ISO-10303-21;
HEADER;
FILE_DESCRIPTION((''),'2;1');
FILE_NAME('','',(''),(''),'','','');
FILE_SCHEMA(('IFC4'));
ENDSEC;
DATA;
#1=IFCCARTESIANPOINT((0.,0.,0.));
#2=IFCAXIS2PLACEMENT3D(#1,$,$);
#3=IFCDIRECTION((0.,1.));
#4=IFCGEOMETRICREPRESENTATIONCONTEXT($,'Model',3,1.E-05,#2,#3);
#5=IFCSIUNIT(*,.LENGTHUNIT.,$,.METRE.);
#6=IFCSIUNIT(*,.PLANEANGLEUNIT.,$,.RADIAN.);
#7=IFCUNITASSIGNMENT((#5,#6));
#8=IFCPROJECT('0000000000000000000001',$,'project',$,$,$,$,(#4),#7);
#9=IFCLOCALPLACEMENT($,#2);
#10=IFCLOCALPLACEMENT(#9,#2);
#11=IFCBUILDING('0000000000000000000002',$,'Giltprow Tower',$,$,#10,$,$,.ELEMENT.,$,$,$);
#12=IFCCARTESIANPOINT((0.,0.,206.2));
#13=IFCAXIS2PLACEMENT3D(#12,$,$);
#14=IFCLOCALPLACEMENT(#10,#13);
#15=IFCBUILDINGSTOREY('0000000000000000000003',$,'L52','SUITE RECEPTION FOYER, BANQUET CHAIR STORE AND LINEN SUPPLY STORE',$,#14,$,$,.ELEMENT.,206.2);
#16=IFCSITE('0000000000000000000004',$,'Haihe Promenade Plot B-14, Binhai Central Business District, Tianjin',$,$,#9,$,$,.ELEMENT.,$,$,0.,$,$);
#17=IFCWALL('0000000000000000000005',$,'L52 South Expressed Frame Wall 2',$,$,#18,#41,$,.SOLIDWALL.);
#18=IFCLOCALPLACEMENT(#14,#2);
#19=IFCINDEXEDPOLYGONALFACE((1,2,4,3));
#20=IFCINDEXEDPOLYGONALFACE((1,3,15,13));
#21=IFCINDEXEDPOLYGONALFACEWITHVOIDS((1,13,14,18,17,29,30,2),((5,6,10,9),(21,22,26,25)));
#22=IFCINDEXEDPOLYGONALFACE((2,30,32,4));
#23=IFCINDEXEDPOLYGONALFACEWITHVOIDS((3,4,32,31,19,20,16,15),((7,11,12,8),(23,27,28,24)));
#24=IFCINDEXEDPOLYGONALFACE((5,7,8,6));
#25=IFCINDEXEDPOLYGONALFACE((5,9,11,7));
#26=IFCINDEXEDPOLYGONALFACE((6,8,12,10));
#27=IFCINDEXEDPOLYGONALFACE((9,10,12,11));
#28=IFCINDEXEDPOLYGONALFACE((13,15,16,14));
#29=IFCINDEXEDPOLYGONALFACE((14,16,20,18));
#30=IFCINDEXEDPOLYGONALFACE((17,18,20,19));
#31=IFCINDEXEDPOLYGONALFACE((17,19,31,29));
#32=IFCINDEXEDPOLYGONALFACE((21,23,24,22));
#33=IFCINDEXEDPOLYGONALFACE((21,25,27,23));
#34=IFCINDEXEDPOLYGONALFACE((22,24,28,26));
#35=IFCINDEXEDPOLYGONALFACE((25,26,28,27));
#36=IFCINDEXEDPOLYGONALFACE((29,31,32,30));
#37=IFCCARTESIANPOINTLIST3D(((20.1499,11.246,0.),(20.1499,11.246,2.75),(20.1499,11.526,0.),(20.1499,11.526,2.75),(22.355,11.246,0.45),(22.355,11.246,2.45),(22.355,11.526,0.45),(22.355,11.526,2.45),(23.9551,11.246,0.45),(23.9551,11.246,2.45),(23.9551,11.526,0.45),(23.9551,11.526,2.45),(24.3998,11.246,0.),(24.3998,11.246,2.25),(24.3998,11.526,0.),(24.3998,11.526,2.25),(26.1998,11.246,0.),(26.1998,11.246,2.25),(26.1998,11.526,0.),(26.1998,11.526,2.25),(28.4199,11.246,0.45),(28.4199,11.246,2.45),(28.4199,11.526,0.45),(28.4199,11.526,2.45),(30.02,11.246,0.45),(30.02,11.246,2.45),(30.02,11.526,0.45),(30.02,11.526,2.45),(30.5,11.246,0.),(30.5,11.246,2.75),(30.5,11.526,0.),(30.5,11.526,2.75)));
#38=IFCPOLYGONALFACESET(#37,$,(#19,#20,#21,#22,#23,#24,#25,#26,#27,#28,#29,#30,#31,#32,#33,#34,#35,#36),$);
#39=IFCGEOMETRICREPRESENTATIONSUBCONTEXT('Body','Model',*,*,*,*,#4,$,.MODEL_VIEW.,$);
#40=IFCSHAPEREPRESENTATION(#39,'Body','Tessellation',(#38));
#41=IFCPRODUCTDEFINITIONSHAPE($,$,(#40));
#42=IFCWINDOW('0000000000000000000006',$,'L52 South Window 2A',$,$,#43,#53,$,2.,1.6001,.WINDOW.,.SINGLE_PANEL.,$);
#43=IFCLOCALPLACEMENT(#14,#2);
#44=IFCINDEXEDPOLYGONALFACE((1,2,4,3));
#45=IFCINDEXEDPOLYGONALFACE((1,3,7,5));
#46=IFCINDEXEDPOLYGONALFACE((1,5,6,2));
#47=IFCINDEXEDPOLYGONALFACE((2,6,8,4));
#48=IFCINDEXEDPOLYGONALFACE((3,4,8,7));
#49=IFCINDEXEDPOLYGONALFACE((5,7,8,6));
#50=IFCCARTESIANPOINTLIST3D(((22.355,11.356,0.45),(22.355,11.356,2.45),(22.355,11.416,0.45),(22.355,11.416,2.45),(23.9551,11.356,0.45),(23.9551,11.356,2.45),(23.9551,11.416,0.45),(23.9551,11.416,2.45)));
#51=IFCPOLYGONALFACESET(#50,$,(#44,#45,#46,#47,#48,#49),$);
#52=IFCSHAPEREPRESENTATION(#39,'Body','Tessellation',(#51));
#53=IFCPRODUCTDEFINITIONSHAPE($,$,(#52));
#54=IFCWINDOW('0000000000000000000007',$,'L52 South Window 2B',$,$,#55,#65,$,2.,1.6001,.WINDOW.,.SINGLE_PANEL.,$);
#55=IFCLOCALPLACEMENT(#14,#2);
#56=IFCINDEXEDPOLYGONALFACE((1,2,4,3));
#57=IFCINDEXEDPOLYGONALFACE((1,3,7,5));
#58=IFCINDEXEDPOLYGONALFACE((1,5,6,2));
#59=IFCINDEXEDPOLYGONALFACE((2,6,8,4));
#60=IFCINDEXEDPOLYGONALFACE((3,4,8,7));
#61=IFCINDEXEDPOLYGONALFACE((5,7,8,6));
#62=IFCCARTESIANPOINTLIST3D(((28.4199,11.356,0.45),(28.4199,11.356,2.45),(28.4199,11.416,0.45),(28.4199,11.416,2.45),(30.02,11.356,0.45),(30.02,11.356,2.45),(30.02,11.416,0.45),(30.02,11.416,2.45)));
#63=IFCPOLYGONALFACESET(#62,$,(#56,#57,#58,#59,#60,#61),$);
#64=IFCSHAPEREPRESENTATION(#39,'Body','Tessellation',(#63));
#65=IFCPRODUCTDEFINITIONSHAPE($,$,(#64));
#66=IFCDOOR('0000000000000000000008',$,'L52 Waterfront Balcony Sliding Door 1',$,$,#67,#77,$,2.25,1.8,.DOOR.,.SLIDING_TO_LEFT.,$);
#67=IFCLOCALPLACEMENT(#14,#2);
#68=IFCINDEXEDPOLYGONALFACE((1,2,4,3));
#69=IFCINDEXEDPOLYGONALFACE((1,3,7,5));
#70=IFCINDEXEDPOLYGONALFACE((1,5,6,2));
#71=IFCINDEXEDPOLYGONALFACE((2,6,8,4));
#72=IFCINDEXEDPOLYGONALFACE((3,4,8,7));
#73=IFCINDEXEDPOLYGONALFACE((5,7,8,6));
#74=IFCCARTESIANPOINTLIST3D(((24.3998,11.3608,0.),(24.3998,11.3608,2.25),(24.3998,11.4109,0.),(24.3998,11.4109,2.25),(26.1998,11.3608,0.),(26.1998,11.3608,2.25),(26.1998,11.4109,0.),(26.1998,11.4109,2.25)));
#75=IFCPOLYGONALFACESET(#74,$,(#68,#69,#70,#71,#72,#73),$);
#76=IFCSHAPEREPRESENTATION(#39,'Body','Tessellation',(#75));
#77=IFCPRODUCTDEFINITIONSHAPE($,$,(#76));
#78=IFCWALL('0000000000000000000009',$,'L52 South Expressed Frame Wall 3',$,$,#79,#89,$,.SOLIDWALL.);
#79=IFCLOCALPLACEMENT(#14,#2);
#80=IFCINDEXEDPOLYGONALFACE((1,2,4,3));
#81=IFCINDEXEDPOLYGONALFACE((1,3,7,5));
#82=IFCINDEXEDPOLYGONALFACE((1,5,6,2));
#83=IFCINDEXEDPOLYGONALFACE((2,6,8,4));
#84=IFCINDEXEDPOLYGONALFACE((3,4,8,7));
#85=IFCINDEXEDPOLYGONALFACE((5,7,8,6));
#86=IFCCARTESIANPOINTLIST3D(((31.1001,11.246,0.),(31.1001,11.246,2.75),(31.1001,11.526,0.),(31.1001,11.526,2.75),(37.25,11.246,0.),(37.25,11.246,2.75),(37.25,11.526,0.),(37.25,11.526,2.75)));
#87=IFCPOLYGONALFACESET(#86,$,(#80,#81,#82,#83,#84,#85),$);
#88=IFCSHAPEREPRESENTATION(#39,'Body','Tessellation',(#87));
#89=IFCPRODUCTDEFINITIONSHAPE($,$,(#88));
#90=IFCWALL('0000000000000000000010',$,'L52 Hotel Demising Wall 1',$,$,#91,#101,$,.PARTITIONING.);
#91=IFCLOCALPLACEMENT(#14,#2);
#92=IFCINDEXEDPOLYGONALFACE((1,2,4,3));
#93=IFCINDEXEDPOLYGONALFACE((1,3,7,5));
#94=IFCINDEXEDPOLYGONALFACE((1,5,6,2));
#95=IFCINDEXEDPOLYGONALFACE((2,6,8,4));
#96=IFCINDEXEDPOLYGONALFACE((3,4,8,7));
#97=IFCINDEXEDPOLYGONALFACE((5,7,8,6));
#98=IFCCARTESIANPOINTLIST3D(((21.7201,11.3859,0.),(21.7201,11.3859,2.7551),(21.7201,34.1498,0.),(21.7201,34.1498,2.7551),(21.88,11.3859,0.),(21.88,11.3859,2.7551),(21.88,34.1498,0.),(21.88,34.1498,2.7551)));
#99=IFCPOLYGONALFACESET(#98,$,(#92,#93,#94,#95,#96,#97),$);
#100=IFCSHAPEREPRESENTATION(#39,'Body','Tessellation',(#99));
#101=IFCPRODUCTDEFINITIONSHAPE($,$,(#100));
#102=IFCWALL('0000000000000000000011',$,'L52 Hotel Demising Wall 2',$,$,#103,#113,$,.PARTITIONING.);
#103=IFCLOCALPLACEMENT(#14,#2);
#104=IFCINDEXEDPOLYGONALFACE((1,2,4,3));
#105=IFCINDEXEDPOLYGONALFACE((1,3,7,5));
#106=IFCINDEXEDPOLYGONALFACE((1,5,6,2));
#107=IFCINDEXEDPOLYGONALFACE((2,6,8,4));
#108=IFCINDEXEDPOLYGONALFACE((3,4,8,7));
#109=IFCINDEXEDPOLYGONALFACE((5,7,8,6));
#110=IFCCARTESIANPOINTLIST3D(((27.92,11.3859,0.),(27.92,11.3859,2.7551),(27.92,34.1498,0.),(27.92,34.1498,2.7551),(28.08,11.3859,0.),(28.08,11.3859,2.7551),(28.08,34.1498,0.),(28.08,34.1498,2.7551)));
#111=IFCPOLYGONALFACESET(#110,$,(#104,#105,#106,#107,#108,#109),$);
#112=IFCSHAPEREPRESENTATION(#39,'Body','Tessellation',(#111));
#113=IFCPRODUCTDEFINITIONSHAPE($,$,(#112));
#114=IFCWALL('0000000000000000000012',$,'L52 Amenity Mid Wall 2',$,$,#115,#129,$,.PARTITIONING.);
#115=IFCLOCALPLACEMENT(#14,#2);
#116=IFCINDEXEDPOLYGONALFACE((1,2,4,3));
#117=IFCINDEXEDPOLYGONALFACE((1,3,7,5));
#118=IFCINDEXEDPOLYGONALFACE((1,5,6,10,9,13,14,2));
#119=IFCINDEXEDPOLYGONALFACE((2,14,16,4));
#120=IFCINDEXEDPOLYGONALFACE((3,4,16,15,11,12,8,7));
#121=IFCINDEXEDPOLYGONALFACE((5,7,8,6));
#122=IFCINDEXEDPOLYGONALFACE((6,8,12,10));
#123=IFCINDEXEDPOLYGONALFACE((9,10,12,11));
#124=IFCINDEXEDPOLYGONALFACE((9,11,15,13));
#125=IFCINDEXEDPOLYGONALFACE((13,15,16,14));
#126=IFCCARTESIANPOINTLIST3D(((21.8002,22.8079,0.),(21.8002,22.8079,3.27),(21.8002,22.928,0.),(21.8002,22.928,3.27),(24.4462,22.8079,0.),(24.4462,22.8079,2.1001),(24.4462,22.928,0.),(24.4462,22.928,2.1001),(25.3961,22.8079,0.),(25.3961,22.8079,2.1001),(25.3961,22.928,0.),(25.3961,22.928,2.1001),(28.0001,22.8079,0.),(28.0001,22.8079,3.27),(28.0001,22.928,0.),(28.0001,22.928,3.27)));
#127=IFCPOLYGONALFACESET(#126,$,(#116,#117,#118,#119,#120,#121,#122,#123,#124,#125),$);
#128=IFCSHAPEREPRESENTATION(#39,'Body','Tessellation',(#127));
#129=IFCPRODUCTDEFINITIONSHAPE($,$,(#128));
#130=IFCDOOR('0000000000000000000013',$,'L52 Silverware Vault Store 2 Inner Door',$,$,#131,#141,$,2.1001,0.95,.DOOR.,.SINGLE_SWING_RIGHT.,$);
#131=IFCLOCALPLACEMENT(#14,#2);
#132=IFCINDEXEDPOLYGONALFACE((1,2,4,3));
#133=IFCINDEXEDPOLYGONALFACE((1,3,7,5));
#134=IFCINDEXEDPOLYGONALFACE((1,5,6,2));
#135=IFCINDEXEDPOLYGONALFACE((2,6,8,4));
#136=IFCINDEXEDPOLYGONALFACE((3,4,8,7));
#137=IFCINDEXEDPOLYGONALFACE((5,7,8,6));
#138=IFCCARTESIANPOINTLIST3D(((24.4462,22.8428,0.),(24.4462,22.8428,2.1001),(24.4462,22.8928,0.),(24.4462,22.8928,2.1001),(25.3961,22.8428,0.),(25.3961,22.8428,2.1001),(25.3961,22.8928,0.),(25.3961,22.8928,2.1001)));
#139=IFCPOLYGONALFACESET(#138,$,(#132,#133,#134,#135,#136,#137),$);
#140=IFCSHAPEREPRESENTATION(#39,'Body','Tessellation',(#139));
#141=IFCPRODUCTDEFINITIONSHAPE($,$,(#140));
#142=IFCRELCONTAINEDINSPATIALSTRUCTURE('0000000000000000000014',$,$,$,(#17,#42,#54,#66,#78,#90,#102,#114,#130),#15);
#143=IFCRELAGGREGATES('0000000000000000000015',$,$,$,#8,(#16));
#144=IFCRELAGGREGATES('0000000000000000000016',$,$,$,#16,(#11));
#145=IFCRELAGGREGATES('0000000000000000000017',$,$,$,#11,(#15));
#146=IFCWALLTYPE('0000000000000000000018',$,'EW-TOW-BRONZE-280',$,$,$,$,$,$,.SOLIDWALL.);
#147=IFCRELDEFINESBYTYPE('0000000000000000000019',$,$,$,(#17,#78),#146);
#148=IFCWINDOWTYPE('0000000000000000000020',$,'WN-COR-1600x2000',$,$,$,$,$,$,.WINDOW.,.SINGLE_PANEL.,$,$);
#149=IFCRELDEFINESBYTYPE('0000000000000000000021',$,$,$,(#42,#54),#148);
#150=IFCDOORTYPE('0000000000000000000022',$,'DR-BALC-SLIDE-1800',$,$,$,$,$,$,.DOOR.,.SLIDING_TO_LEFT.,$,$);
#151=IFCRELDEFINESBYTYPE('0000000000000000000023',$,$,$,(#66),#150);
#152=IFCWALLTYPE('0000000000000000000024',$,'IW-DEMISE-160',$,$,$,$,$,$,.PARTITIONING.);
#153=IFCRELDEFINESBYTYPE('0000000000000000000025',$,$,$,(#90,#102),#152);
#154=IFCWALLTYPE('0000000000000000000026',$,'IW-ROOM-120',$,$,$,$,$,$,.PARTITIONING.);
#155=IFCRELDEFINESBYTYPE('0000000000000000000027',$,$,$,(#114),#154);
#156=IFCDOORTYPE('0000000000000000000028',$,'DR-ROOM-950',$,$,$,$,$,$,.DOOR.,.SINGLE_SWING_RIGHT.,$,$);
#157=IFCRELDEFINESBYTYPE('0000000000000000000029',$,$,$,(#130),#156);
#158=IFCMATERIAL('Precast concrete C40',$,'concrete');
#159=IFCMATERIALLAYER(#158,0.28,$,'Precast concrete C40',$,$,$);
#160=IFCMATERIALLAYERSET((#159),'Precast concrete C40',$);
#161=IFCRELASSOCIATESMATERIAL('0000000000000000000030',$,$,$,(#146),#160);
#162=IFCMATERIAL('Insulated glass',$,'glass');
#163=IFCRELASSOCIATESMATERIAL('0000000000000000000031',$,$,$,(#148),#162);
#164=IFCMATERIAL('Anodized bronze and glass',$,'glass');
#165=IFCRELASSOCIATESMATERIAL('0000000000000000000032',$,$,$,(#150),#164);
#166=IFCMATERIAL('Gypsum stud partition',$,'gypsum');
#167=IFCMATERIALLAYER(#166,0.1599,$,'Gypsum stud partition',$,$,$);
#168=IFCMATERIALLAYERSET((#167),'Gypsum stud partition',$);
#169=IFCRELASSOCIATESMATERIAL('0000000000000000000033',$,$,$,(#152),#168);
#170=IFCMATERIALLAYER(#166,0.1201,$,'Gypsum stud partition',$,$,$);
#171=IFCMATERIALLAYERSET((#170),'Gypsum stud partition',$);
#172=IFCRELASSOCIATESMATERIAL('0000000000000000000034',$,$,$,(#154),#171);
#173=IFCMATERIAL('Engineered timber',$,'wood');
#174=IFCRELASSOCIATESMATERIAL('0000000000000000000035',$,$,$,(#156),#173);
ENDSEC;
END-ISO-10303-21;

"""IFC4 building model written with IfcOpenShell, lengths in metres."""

from ifc_helpers import new_model, si_unit, direction, frame, frame_2d, origin, place, context, subcontext, project, spatial, rectangle, extrude, source, transform, mapped, material, layer, layer_set, type_object, element, fill, save


model = new_model("IFC4")

# Units and contexts
model_context = context("Model", 3, precision=1e-05, world=origin(), true_north=direction((0.0, 1.0)))
body_context = subcontext(model_context, "Body", "Model", "MODEL_VIEW")
ifc_project = project(units=[si_unit("LENGTHUNIT", "METRE"), si_unit("PLANEANGLEUNIT", "RADIAN")], contexts=[model_context])

# Site, building, storey
site_placement = place(None, origin())
site = spatial("IfcSite", under=ifc_project, at=site_placement, Name="Haihe Promenade Plot B-14, Binhai Central Business District, Tianjin", CompositionType="ELEMENT", RefElevation=0.0)
building_placement = place(site_placement, origin())
building = spatial("IfcBuilding", under=site, at=building_placement, Name="Giltprow Tower", CompositionType="ELEMENT")
storey_placement = place(building_placement, frame((0.0, 0.0, 206.2)))
storey = spatial("IfcBuildingStorey", under=building, at=storey_placement, Name="L52", Description="SUITE RECEPTION FOYER, BANQUET CHAIR STORE AND LINEN SUPPLY STORE", CompositionType="ELEMENT", Elevation=206.2)

# Wall, openings, windows, door
ifc_material_1 = material(Name="Precast concrete C40", Category="concrete")
ifc_layer_1 = layer(ifc_material_1, 0.28, Name="Precast concrete C40")
ifc_layer_set_1 = layer_set([ifc_layer_1], Name="Precast concrete C40")
wall_type_1 = type_object("IfcWallType", Name="EW-TOW-BRONZE-280", PredefinedType="SOLIDWALL", material=ifc_layer_set_1)
wall_1_placement = place(storey_placement, frame((20.1499, 11.386, 0.0), z_axis=(0.0, 0.0, 1.0), x_axis=(1.0, 0.0, 0.0)))
wall_1 = element("IfcWall", 1, at=wall_1_placement, inside=storey, type_object=wall_type_1, Name="L52 South Expressed Frame Wall 2", PredefinedType="SOLIDWALL", context=body_context, shape_type="SweptSolid", body=[
    extrude(rectangle(XDim=10.3501, YDim=0.28, at=frame_2d((5.175, 0.0))), origin(), (0.0, 0.0, 1.0), 2.75),
])
opening_1_placement = place(wall_1_placement, frame((4.25, 0.0, 0.0)))
opening_1 = element("IfcOpeningElement", 2, at=opening_1_placement, cuts=wall_1, PredefinedType="OPENING", context=body_context, shape_type="SweptSolid", body=[
    extrude(rectangle(XDim=1.8, YDim=2.25, at=frame_2d((0.8999, 1.125))), frame((0.0, 0.1499, 0.0), z_axis=(0.0, -1.0, 0.0), x_axis=(1.0, 0.0, 0.0)), (0.0, 0.0, 1.0), 0.3),
])
opening_2_placement = place(wall_1_placement, frame((2.2051, 0.0, 0.45)))
opening_2 = element("IfcOpeningElement", 3, at=opening_2_placement, cuts=wall_1, PredefinedType="OPENING", context=body_context, shape_type="SweptSolid", body=[
    extrude(rectangle(XDim=1.6001, YDim=2.0, at=frame_2d((0.8, 1.0))), frame((0.0, 0.1499, 0.0), z_axis=(0.0, -1.0, 0.0), x_axis=(1.0, 0.0, 0.0)), (0.0, 0.0, 1.0), 0.3),
])
opening_3_placement = place(wall_1_placement, frame((8.27, 0.0, 0.45)))
opening_3 = element("IfcOpeningElement", 4, at=opening_3_placement, cuts=wall_1, PredefinedType="OPENING", context=body_context, shape_type="SweptSolid", body=[
    extrude(rectangle(XDim=1.6001, YDim=2.0, at=frame_2d((0.8, 1.0))), frame((0.0, 0.1499, 0.0), z_axis=(0.0, -1.0, 0.0), x_axis=(1.0, 0.0, 0.0)), (0.0, 0.0, 1.0), 0.3),
])
ifc_material_2 = material(Name="Insulated glass", Category="glass")
window_type = type_object("IfcWindowType", Name="WN-COR-1600x2000", PartitioningType="SINGLE_PANEL", PredefinedType="WINDOW", material=ifc_material_2)
shared_shape_1 = source(origin(), body_context, "Body", "SweptSolid", [
    extrude(rectangle(XDim=1.6001, YDim=2.0, at=frame_2d((0.8, 1.0))), frame((0.0, 0.03, 0.0), z_axis=(0.0, -1.0, 0.0), x_axis=(1.0, 0.0, 0.0)), (0.0, 0.0, 1.0), 0.0601),
])
window_1_placement = place(opening_2_placement, origin())
window_1 = element("IfcWindow", 5, at=window_1_placement, inside=storey, type_object=window_type, Name="L52 South Window 2A", OverallHeight=2.0, OverallWidth=1.6001, PartitioningType="SINGLE_PANEL", PredefinedType="WINDOW", context=body_context, shape_type="MappedRepresentation", body=[
    mapped(shared_shape_1, transform((0.0, 0.0, 0.0), x_axis=(1.0, 0.0, 0.0), y_axis=(0.0, 1.0, 0.0), z_axis=(0.0, 0.0, 1.0), scale=1.0)),
])
fill(opening_2, window_1)
window_2_placement = place(opening_3_placement, origin())
window_2 = element("IfcWindow", 6, at=window_2_placement, inside=storey, type_object=window_type, Name="L52 South Window 2B", OverallHeight=2.0, OverallWidth=1.6001, PartitioningType="SINGLE_PANEL", PredefinedType="WINDOW", context=body_context, shape_type="MappedRepresentation", body=[
    mapped(shared_shape_1, transform((0.0, 0.0, 0.0), x_axis=(1.0, 0.0, 0.0), y_axis=(0.0, 1.0, 0.0), z_axis=(0.0, 0.0, 1.0), scale=1.0)),
])
fill(opening_3, window_2)
ifc_material_3 = material(Name="Anodized bronze and glass", Category="glass")
door_type_1 = type_object("IfcDoorType", Name="DR-BALC-SLIDE-1800", OperationType="SLIDING_TO_LEFT", PredefinedType="DOOR", material=ifc_material_3)
shared_shape_2 = source(origin(), body_context, "Body", "SweptSolid", [
    extrude(rectangle(XDim=1.8, YDim=2.25, at=frame_2d((0.8999, 1.125))), frame((0.0, 0.0249, 0.0), z_axis=(0.0, -1.0, 0.0), x_axis=(1.0, 0.0, 0.0)), (0.0, 0.0, 1.0), 0.05),
])
door_1_placement = place(opening_1_placement, origin())
door_1 = element("IfcDoor", 7, at=door_1_placement, inside=storey, type_object=door_type_1, Name="L52 Waterfront Balcony Sliding Door 1", OperationType="SLIDING_TO_LEFT", OverallHeight=2.25, OverallWidth=1.8, PredefinedType="DOOR", context=body_context, shape_type="MappedRepresentation", body=[
    mapped(shared_shape_2, transform((0.0, 0.0, 0.0), x_axis=(1.0, 0.0, 0.0), y_axis=(0.0, 1.0, 0.0), z_axis=(0.0, 0.0, 1.0), scale=1.0)),
])
fill(opening_1, door_1)

# Walls
wall_2_placement = place(storey_placement, frame((31.1001, 11.386, 0.0), z_axis=(0.0, 0.0, 1.0), x_axis=(1.0, 0.0, 0.0)))
element("IfcWall", 8, at=wall_2_placement, inside=storey, type_object=wall_type_1, Name="L52 South Expressed Frame Wall 3", PredefinedType="SOLIDWALL", context=body_context, shape_type="SweptSolid", body=[
    extrude(rectangle(XDim=6.1499, YDim=0.28, at=frame_2d((3.075, 0.0))), origin(), (0.0, 0.0, 1.0), 2.75),
])
ifc_material_4 = material(Name="Gypsum stud partition", Category="gypsum")
ifc_layer_2 = layer(ifc_material_4, 0.1599, Name="Gypsum stud partition")
ifc_layer_set_2 = layer_set([ifc_layer_2], Name="Gypsum stud partition")
wall_type_2 = type_object("IfcWallType", Name="IW-DEMISE-160", PredefinedType="PARTITIONING", material=ifc_layer_set_2)
for number, where, z_axis, x_axis, name in (
    (9, (21.8, 11.386, 0.0), (0.0, 0.0, 1.0), (0.0, 1.0, 0.0), "L52 Hotel Demising Wall 1"),
    (10, (28.0, 11.386, 0.0), (0.0, 0.0, 1.0), (0.0, 1.0, 0.0), "L52 Hotel Demising Wall 2"),
):
    element("IfcWall", number, at=place(storey_placement, frame(where, z_axis=z_axis, x_axis=x_axis)), inside=storey, type_object=wall_type_2, Name=name, PredefinedType="PARTITIONING", context=body_context, shape_type="SweptSolid", body=[
        extrude(rectangle(XDim=22.7639, YDim=0.1599, at=frame_2d((11.3818, 0.0))), origin(), (0.0, 0.0, 1.0), 2.7551),
    ])

# Wall, opening, door
ifc_layer_3 = layer(ifc_material_4, 0.1201, Name="Gypsum stud partition")
ifc_layer_set_3 = layer_set([ifc_layer_3], Name="Gypsum stud partition")
wall_type_3 = type_object("IfcWallType", Name="IW-ROOM-120", PredefinedType="PARTITIONING", material=ifc_layer_set_3)
wall_3_placement = place(storey_placement, frame((21.8, 22.8679, 0.0), z_axis=(0.0, 0.0, 1.0), x_axis=(1.0, 0.0, 0.0)))
wall_3 = element("IfcWall", 11, at=wall_3_placement, inside=storey, type_object=wall_type_3, Name="L52 Amenity Mid Wall 2", PredefinedType="PARTITIONING", context=body_context, shape_type="SweptSolid", body=[
    extrude(rectangle(XDim=6.2, YDim=0.1201, at=frame_2d((3.1001, 0.0))), origin(), (0.0, 0.0, 1.0), 3.27),
])
opening_4_placement = place(wall_3_placement, frame((2.646, 0.0, 0.0)))
opening_4 = element("IfcOpeningElement", 12, at=opening_4_placement, cuts=wall_3, PredefinedType="OPENING", context=body_context, shape_type="SweptSolid", body=[
    extrude(rectangle(XDim=0.95, YDim=2.1001, at=frame_2d((0.4751, 1.05))), frame((0.0, 0.0701, 0.0), z_axis=(0.0, -1.0, 0.0), x_axis=(1.0, 0.0, 0.0)), (0.0, 0.0, 1.0), 0.1401),
])
ifc_material_5 = material(Name="Engineered timber", Category="wood")
door_type_2 = type_object("IfcDoorType", Name="DR-ROOM-950", OperationType="SINGLE_SWING_RIGHT", PredefinedType="DOOR", material=ifc_material_5)
shared_shape_3 = source(origin(), body_context, "Body", "SweptSolid", [
    extrude(rectangle(XDim=0.95, YDim=2.1001, at=frame_2d((0.4751, 1.05))), frame((0.0, 0.0249, 0.0), z_axis=(0.0, -1.0, 0.0), x_axis=(1.0, 0.0, 0.0)), (0.0, 0.0, 1.0), 0.05),
])
door_2_placement = place(opening_4_placement, origin())
door_2 = element("IfcDoor", 13, at=door_2_placement, inside=storey, type_object=door_type_2, Name="L52 Silverware Vault Store 2 Inner Door", OperationType="SINGLE_SWING_RIGHT", OverallHeight=2.1001, OverallWidth=0.95, PredefinedType="DOOR", context=body_context, shape_type="MappedRepresentation", body=[
    mapped(shared_shape_3, transform((0.0, 0.0, 0.0), x_axis=(1.0, 0.0, 0.0), y_axis=(0.0, 1.0, 0.0), z_axis=(0.0, 0.0, 1.0), scale=1.0)),
])
fill(opening_4, door_2)

save(model, "model.ifc")
